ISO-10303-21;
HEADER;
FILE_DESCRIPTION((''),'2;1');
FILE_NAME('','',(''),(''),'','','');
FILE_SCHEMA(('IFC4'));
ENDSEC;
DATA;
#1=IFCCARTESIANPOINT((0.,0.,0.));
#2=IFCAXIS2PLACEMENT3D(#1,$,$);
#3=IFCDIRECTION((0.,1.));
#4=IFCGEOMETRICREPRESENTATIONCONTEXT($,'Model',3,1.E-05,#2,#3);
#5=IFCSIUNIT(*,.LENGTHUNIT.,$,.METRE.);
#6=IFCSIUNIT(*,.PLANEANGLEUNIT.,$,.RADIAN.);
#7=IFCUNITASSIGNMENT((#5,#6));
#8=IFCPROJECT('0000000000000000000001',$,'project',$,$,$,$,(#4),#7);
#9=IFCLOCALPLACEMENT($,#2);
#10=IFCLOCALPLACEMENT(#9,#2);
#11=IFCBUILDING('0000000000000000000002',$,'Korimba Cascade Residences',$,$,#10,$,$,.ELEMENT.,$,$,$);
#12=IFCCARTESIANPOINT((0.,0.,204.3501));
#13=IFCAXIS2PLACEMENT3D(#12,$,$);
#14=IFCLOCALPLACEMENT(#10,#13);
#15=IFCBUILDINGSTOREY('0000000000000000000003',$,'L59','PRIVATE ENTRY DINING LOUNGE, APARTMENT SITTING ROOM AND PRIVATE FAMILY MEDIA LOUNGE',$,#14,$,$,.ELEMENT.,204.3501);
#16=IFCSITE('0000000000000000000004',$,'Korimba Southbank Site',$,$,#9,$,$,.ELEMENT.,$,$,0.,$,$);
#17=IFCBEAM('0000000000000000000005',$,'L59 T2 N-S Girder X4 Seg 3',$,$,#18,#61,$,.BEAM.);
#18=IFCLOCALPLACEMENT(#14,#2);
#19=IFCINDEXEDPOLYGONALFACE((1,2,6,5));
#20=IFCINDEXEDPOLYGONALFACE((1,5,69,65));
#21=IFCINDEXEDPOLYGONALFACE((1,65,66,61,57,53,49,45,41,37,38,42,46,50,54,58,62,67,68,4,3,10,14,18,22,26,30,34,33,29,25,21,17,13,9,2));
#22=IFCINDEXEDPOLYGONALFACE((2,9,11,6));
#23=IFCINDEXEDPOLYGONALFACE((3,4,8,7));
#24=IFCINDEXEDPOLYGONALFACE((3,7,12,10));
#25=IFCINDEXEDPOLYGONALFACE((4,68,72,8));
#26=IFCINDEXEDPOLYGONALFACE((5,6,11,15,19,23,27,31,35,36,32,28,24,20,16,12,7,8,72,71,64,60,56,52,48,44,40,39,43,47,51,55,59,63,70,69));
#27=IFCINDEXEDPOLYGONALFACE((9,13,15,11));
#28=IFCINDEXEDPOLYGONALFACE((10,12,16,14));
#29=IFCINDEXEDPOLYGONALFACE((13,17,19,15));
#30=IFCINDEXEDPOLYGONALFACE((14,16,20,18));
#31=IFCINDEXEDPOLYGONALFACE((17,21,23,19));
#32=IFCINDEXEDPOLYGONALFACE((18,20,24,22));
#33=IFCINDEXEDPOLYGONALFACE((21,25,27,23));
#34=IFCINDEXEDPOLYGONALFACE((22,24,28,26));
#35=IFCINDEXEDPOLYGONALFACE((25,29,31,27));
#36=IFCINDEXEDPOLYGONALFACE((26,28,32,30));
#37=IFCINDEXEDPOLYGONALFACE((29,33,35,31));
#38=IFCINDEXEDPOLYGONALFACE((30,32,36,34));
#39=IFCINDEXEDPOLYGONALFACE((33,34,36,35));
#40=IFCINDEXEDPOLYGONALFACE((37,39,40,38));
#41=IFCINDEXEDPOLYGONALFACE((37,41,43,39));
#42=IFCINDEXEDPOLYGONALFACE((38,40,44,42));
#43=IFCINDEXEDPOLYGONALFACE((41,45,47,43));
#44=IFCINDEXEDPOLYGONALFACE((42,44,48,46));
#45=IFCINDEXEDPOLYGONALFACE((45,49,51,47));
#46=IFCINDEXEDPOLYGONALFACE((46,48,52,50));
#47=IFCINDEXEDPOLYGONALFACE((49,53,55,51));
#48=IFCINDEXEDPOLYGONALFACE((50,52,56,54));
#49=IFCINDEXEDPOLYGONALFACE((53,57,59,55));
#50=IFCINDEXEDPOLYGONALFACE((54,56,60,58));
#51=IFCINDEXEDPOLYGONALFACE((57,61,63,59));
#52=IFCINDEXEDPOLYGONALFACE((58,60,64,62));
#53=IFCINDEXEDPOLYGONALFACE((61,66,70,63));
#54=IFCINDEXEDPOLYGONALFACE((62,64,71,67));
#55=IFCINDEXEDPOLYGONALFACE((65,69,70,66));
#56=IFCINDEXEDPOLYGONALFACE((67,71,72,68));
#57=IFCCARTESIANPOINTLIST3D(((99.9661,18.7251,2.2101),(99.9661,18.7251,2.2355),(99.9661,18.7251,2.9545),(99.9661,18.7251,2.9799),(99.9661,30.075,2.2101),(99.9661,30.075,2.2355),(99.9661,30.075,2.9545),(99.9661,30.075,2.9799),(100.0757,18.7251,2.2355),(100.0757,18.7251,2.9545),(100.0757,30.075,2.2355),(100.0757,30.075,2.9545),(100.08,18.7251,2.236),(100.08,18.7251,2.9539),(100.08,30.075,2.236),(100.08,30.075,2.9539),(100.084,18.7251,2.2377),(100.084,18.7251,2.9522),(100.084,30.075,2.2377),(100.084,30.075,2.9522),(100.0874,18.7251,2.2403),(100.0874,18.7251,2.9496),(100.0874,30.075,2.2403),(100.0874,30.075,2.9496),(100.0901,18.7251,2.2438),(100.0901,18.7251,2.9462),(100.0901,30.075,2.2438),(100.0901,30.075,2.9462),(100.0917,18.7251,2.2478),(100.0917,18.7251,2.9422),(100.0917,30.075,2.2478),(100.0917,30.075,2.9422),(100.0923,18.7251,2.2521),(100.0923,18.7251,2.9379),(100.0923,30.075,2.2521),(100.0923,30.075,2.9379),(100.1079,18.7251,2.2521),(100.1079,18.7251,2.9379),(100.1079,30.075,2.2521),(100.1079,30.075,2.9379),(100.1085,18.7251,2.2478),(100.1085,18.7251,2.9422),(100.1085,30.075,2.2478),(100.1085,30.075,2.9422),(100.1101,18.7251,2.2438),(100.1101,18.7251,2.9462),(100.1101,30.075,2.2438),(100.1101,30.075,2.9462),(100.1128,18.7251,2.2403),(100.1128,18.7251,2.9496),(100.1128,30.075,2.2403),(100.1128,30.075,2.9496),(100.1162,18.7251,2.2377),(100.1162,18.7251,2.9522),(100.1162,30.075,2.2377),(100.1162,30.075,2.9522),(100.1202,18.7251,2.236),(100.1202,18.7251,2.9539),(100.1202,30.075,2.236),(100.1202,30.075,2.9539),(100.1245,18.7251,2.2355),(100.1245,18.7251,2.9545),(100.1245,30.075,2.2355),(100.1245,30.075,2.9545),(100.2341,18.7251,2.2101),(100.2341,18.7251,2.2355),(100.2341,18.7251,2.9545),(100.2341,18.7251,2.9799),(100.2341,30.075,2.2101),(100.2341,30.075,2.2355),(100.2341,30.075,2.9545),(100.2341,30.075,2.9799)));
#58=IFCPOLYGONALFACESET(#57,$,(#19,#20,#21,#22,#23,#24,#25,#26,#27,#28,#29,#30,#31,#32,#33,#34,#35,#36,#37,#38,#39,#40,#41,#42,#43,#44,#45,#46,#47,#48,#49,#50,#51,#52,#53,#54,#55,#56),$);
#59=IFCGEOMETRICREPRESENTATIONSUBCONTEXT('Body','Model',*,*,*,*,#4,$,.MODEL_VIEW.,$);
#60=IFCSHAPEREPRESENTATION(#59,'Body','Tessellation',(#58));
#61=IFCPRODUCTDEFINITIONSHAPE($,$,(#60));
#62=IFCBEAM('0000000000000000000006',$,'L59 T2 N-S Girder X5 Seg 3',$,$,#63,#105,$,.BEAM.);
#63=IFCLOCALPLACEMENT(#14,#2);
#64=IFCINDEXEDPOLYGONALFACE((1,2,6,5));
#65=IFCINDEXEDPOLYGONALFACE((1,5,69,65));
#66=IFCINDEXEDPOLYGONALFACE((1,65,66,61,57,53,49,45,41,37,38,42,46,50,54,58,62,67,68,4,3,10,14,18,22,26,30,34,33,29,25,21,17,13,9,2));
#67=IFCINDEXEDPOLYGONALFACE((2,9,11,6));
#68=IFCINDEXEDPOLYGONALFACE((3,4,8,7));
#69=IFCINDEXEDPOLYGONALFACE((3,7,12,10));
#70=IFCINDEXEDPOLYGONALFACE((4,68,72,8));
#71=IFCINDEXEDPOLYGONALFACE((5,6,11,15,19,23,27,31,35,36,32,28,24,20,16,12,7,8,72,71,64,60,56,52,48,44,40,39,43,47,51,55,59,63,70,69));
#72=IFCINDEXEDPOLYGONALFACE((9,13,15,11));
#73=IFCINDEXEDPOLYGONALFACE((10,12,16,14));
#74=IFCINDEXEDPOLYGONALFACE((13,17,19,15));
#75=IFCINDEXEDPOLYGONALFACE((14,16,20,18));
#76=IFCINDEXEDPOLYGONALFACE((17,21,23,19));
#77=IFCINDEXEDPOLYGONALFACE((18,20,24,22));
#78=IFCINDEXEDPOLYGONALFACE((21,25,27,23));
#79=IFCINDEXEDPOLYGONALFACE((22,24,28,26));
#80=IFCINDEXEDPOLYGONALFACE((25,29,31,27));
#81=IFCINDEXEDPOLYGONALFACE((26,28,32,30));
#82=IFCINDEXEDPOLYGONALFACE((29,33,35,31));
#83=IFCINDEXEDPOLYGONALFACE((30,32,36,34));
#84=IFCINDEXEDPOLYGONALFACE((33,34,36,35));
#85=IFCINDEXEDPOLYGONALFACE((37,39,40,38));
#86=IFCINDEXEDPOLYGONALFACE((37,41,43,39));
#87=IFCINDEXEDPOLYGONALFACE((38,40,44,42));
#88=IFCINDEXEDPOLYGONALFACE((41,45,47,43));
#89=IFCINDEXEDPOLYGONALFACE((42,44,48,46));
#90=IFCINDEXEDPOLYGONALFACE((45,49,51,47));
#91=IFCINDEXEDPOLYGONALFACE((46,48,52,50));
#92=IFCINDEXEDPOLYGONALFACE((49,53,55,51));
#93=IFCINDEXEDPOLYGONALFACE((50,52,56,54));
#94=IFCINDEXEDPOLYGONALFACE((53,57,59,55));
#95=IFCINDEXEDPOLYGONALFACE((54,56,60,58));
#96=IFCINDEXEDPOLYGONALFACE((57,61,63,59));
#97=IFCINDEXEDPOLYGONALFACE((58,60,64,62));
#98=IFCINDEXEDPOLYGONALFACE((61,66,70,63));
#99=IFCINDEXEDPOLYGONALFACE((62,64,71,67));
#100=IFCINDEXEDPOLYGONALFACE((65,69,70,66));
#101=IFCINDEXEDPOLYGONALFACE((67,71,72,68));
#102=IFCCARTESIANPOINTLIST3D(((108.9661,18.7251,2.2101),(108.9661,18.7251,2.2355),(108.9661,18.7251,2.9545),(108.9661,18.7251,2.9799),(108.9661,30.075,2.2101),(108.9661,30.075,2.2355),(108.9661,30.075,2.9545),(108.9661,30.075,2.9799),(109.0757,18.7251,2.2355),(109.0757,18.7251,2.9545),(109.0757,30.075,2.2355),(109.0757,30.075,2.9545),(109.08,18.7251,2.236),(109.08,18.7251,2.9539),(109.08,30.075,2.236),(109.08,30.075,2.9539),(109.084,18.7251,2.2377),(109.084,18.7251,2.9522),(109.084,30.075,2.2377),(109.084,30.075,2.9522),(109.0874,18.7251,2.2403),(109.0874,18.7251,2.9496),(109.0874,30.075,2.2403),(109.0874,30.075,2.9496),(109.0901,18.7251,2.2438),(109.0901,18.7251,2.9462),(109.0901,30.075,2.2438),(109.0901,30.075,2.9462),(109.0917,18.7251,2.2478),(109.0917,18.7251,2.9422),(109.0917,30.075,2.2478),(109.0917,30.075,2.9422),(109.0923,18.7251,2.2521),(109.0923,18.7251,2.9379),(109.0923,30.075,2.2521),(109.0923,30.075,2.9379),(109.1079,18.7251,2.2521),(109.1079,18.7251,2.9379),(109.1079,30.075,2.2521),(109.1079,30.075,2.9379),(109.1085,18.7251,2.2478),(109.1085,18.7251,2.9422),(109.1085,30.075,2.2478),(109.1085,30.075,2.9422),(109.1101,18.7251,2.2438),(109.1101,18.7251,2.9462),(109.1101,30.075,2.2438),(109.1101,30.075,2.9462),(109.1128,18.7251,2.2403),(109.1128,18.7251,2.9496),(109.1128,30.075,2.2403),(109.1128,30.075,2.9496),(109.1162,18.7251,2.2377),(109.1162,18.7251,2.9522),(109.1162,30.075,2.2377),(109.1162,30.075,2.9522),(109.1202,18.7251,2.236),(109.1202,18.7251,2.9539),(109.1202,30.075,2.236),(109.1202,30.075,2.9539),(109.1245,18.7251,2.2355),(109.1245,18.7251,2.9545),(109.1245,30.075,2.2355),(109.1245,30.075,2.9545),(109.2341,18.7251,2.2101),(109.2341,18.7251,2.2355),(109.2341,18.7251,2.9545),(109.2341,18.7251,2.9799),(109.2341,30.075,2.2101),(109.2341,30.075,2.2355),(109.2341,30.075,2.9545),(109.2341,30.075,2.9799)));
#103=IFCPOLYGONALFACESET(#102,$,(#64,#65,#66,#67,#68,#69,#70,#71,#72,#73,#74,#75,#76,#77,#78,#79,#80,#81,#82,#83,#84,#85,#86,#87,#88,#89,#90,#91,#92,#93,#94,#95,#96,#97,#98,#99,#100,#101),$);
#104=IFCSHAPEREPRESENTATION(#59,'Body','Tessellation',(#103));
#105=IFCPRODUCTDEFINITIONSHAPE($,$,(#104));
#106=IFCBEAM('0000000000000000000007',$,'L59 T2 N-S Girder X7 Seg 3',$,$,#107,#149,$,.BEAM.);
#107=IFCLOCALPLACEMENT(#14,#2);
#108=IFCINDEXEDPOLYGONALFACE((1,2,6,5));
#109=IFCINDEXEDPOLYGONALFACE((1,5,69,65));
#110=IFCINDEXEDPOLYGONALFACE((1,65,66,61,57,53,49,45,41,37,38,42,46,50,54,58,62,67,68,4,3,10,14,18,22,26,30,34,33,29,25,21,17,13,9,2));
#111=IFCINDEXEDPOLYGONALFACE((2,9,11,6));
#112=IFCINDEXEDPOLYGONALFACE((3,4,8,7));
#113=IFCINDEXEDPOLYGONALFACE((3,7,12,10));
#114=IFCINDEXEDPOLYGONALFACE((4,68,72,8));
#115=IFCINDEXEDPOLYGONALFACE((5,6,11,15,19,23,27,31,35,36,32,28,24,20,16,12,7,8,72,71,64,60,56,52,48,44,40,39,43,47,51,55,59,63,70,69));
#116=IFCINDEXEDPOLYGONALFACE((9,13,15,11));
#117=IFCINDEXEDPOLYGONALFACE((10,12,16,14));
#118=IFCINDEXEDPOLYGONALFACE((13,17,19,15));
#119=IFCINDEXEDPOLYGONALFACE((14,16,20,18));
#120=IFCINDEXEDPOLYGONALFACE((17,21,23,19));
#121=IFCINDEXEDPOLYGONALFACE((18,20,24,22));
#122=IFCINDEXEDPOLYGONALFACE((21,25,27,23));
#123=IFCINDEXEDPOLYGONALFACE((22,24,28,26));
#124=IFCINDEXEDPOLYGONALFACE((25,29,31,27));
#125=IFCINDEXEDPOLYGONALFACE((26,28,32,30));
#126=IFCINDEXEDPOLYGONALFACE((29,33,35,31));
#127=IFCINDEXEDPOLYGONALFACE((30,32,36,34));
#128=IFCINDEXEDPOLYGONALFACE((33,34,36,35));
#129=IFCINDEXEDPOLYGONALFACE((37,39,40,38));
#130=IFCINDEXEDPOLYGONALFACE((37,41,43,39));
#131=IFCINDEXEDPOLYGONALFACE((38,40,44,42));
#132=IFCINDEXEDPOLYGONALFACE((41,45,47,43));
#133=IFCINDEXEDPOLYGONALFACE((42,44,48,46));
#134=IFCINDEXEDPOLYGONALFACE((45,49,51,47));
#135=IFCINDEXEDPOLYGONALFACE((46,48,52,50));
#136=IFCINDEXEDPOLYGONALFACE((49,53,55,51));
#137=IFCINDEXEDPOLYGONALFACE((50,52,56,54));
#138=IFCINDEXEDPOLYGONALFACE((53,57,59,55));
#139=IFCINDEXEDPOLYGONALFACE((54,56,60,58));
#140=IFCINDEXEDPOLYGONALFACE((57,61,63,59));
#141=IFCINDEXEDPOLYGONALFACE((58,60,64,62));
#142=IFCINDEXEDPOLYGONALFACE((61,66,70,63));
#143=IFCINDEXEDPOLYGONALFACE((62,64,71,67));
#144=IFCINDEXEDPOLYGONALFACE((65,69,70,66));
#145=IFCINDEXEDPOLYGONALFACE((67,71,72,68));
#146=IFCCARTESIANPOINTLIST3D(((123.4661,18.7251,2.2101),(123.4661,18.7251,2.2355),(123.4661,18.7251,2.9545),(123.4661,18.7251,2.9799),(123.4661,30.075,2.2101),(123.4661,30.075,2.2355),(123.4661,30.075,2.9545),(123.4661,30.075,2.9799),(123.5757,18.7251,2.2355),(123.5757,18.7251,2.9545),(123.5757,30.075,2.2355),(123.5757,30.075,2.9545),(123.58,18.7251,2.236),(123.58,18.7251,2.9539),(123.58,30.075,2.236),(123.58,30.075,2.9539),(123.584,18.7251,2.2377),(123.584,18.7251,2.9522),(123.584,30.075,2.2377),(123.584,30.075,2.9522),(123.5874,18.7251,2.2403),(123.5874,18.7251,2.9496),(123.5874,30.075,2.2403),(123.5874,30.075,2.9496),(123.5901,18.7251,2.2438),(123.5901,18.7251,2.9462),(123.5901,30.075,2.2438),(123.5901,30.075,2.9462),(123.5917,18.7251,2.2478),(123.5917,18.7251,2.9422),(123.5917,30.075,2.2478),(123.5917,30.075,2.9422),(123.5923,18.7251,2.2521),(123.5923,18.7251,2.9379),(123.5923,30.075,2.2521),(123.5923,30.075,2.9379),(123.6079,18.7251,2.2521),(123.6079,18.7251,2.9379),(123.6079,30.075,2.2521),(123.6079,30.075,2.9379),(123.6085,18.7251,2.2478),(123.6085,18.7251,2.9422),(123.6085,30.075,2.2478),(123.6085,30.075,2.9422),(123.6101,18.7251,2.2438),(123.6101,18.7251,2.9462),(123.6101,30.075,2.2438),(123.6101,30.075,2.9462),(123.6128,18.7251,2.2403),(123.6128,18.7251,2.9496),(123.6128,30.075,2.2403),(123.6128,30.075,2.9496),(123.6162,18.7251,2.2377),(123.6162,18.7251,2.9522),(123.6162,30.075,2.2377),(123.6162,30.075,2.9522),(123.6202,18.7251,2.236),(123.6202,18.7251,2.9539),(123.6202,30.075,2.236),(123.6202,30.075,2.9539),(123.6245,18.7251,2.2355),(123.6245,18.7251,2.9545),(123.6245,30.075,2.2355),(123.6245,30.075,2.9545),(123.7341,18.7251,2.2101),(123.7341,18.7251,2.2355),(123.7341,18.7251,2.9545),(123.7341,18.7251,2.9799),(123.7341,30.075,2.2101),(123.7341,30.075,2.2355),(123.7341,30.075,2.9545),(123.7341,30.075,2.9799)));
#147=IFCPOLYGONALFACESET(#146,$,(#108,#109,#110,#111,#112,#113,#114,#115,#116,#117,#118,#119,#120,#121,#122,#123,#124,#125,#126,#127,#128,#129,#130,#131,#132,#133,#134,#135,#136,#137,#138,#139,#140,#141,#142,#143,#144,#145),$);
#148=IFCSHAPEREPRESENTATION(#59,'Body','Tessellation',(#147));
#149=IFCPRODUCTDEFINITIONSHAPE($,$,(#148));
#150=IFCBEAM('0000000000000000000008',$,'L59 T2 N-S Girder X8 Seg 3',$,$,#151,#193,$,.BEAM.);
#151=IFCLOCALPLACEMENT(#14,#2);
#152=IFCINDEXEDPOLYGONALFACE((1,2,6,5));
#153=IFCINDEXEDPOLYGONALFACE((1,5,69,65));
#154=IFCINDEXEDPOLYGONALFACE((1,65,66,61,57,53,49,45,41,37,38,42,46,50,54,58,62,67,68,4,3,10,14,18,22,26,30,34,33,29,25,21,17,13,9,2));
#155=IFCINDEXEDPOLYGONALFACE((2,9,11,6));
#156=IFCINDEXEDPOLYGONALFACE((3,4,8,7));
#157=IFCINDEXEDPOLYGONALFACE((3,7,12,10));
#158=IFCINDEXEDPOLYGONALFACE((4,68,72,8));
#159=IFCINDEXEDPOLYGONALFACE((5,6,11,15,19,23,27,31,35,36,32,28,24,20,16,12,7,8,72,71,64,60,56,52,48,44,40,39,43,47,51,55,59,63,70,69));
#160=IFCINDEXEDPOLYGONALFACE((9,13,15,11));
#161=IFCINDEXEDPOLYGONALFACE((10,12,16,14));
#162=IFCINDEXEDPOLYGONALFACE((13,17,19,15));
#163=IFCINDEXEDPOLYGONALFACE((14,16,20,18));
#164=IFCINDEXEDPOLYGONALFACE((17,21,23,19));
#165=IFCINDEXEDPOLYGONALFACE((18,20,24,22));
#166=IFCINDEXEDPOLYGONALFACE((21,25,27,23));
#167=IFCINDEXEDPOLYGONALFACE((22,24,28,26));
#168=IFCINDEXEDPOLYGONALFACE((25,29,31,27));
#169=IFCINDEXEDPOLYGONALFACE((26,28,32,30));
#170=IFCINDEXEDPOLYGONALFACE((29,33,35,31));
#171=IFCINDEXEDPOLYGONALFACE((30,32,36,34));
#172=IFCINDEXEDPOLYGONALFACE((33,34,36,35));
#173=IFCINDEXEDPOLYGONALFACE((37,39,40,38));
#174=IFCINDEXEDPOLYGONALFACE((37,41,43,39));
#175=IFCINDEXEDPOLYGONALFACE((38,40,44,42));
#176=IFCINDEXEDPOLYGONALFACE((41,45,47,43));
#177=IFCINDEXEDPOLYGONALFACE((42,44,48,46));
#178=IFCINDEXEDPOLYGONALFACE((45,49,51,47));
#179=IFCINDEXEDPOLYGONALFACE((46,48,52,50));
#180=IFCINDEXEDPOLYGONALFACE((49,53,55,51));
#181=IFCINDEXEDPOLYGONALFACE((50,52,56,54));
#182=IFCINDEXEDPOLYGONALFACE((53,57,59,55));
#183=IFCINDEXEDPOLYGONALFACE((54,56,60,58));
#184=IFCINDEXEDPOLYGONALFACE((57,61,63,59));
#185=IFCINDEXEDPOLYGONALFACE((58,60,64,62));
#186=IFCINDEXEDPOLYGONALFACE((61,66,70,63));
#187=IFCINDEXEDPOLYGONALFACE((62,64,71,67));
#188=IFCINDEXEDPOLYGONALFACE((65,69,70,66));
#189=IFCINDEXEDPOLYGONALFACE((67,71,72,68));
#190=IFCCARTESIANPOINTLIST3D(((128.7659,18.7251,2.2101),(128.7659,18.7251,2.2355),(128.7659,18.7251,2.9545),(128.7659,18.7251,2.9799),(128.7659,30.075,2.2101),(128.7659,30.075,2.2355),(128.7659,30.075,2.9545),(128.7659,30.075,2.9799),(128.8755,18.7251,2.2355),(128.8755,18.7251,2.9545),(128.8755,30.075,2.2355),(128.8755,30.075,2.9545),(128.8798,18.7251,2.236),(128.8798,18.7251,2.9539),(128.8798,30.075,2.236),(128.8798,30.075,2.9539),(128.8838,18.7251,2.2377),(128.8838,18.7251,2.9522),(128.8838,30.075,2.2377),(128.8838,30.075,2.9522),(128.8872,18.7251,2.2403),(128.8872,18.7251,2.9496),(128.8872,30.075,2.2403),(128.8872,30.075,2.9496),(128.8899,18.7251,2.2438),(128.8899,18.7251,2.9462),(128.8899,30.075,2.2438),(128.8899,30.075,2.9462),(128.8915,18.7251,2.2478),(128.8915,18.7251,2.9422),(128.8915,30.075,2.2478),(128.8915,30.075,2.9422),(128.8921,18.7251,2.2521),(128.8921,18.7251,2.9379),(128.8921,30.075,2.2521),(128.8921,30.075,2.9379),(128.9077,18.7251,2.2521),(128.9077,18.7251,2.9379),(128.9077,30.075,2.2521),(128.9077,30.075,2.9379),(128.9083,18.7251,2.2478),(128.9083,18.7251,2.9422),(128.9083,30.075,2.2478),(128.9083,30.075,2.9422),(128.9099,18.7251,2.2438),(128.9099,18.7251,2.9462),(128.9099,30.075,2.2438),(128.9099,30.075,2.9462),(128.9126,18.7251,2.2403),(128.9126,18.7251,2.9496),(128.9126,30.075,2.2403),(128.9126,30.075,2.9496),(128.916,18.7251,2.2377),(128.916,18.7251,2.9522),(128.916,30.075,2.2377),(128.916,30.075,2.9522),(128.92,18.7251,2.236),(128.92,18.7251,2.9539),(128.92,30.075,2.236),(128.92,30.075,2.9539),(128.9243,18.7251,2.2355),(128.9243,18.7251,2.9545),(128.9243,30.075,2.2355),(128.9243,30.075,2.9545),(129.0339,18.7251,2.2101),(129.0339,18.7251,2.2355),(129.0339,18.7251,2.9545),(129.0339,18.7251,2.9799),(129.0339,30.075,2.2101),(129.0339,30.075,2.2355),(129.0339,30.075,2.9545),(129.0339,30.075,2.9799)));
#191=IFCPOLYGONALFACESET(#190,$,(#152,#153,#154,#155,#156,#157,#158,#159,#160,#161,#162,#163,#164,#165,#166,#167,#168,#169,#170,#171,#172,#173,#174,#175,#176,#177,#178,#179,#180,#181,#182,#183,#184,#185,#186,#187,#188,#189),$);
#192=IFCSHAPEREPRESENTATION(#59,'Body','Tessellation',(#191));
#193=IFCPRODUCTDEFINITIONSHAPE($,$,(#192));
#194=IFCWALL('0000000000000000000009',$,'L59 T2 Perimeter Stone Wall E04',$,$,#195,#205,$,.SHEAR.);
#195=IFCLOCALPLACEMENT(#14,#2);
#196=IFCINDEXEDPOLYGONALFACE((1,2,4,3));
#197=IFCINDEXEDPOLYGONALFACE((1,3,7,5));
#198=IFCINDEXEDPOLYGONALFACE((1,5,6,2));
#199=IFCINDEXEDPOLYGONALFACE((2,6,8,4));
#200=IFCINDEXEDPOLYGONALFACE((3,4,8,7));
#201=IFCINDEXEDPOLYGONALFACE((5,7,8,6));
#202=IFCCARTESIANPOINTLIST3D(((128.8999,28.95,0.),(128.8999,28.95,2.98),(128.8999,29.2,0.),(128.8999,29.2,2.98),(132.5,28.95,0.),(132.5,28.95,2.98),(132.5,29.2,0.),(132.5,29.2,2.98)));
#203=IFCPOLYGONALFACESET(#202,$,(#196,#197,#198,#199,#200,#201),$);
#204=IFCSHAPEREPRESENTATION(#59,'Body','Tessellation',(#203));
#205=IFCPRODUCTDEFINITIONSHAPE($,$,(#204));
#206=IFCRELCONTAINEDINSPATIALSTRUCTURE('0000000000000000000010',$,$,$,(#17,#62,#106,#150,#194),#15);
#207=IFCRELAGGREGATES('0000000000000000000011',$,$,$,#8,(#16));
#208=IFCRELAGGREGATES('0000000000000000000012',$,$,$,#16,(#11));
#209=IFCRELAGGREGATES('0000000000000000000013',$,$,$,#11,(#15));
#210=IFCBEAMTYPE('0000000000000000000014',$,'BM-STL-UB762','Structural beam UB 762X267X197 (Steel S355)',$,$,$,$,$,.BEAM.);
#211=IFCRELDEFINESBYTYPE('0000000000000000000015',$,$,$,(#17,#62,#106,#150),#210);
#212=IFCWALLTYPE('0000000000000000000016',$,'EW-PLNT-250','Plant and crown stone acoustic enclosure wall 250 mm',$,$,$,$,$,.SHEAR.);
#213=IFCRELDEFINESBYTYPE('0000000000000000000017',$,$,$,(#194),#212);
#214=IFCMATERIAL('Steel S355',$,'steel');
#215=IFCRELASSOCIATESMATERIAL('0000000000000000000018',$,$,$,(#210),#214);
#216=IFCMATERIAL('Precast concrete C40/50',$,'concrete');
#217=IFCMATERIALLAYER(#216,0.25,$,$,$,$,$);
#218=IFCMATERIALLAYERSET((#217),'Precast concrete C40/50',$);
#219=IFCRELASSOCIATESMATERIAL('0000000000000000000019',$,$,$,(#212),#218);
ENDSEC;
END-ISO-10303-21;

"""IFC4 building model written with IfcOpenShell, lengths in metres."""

from ifc_helpers import new_model, si_unit, direction, frame, frame_2d, origin, origin_2d, place, context, subcontext, project, spatial, rectangle, i_section, extrude, material, layer, layer_set, material_profile, profile_set, type_object, element, save


model = new_model("IFC4")

# Units and contexts
model_context = context("Model", 3, precision=1e-05, world=origin(), true_north=direction((0.0, 1.0)))
body_context = subcontext(model_context, "Body", "Model", "MODEL_VIEW")
ifc_project = project(units=[si_unit("LENGTHUNIT", "METRE"), si_unit("PLANEANGLEUNIT", "RADIAN")], contexts=[model_context])

# Site, building, storey
site_placement = place(None, origin())
site = spatial("IfcSite", under=ifc_project, at=site_placement, Name="Korimba Southbank Site", CompositionType="ELEMENT", RefElevation=0.0)
building_placement = place(site_placement, origin())
building = spatial("IfcBuilding", under=site, at=building_placement, Name="Korimba Cascade Residences", CompositionType="ELEMENT")
storey_placement = place(building_placement, frame((0.0, 0.0, 204.3501)))
storey = spatial("IfcBuildingStorey", under=building, at=storey_placement, Name="L59", Description="PRIVATE ENTRY DINING LOUNGE, APARTMENT SITTING ROOM AND PRIVATE FAMILY MEDIA LOUNGE", CompositionType="ELEMENT", Elevation=204.3501)

# Beams
ifc_material_1 = material(Name="Steel S355", Category="steel")
ifc_material_profile = material_profile(ifc_material_1, i_section(OverallWidth=0.2681, OverallDepth=0.7698, WebThickness=0.0156, FlangeThickness=0.0254, FilletRadius=0.0166, at=origin_2d()), Name="Steel S355")
ifc_profile_set = profile_set([ifc_material_profile], Name="Steel S355")
beam_type = type_object("IfcBeamType", Name="BM-STL-UB762", Description="Structural beam UB 762X267X197 (Steel S355)", PredefinedType="BEAM", material=ifc_profile_set)
for number, where, z_axis, x_axis, name in (
    (1, (100.1001, 18.7251, 2.595), (0.0, 1.0, 0.0), (-1.0, 0.0, 0.0), "L59 T2 N-S Girder X4 Seg 3"),
    (2, (109.1001, 18.7251, 2.595), (0.0, 1.0, 0.0), (-1.0, 0.0, 0.0), "L59 T2 N-S Girder X5 Seg 3"),
    (3, (123.6001, 18.7251, 2.595), (0.0, 1.0, 0.0), (-1.0, 0.0, 0.0), "L59 T2 N-S Girder X7 Seg 3"),
    (4, (128.8999, 18.7251, 2.595), (0.0, 1.0, 0.0), (-1.0, 0.0, 0.0), "L59 T2 N-S Girder X8 Seg 3"),
):
    element("IfcBeam", number, at=place(storey_placement, frame(where, z_axis=z_axis, x_axis=x_axis)), inside=storey, type_object=beam_type, Name=name, PredefinedType="BEAM", context=body_context, shape_type="SweptSolid", body=[
        extrude(i_section(OverallWidth=0.2681, OverallDepth=0.7698, WebThickness=0.0156, FlangeThickness=0.0254, FilletRadius=0.0166, at=origin_2d()), origin(), (0.0, 0.0, 1.0), 11.3499),
    ])

# Wall
ifc_material_2 = material(Name="Precast concrete C40/50", Category="concrete")
ifc_layer_1 = layer(ifc_material_2, 0.25)
ifc_layer_set_1 = layer_set([ifc_layer_1], Name="Precast concrete C40/50")
wall_type_1 = type_object("IfcWallType", Name="EW-PLNT-250", Description="Plant and crown stone acoustic enclosure wall 250 mm", PredefinedType="SHEAR", material=ifc_layer_set_1)
wall_1_placement = place(storey_placement, frame((132.5, 29.075, 0.0), z_axis=(0.0, 0.0, 1.0), x_axis=(-1.0, 0.0, 0.0)))
element("IfcWall", 5, at=wall_1_placement, inside=storey, type_object=wall_type_1, Name="L59 T2 Perimeter Stone Wall E04", PredefinedType="SHEAR", context=body_context, shape_type="SweptSolid", body=[
    extrude(rectangle(XDim=3.6001, YDim=0.25, at=frame_2d((1.8, 0.0))), origin(), (0.0, 0.0, 1.0), 2.98),
])

save(model, "model.ifc")
